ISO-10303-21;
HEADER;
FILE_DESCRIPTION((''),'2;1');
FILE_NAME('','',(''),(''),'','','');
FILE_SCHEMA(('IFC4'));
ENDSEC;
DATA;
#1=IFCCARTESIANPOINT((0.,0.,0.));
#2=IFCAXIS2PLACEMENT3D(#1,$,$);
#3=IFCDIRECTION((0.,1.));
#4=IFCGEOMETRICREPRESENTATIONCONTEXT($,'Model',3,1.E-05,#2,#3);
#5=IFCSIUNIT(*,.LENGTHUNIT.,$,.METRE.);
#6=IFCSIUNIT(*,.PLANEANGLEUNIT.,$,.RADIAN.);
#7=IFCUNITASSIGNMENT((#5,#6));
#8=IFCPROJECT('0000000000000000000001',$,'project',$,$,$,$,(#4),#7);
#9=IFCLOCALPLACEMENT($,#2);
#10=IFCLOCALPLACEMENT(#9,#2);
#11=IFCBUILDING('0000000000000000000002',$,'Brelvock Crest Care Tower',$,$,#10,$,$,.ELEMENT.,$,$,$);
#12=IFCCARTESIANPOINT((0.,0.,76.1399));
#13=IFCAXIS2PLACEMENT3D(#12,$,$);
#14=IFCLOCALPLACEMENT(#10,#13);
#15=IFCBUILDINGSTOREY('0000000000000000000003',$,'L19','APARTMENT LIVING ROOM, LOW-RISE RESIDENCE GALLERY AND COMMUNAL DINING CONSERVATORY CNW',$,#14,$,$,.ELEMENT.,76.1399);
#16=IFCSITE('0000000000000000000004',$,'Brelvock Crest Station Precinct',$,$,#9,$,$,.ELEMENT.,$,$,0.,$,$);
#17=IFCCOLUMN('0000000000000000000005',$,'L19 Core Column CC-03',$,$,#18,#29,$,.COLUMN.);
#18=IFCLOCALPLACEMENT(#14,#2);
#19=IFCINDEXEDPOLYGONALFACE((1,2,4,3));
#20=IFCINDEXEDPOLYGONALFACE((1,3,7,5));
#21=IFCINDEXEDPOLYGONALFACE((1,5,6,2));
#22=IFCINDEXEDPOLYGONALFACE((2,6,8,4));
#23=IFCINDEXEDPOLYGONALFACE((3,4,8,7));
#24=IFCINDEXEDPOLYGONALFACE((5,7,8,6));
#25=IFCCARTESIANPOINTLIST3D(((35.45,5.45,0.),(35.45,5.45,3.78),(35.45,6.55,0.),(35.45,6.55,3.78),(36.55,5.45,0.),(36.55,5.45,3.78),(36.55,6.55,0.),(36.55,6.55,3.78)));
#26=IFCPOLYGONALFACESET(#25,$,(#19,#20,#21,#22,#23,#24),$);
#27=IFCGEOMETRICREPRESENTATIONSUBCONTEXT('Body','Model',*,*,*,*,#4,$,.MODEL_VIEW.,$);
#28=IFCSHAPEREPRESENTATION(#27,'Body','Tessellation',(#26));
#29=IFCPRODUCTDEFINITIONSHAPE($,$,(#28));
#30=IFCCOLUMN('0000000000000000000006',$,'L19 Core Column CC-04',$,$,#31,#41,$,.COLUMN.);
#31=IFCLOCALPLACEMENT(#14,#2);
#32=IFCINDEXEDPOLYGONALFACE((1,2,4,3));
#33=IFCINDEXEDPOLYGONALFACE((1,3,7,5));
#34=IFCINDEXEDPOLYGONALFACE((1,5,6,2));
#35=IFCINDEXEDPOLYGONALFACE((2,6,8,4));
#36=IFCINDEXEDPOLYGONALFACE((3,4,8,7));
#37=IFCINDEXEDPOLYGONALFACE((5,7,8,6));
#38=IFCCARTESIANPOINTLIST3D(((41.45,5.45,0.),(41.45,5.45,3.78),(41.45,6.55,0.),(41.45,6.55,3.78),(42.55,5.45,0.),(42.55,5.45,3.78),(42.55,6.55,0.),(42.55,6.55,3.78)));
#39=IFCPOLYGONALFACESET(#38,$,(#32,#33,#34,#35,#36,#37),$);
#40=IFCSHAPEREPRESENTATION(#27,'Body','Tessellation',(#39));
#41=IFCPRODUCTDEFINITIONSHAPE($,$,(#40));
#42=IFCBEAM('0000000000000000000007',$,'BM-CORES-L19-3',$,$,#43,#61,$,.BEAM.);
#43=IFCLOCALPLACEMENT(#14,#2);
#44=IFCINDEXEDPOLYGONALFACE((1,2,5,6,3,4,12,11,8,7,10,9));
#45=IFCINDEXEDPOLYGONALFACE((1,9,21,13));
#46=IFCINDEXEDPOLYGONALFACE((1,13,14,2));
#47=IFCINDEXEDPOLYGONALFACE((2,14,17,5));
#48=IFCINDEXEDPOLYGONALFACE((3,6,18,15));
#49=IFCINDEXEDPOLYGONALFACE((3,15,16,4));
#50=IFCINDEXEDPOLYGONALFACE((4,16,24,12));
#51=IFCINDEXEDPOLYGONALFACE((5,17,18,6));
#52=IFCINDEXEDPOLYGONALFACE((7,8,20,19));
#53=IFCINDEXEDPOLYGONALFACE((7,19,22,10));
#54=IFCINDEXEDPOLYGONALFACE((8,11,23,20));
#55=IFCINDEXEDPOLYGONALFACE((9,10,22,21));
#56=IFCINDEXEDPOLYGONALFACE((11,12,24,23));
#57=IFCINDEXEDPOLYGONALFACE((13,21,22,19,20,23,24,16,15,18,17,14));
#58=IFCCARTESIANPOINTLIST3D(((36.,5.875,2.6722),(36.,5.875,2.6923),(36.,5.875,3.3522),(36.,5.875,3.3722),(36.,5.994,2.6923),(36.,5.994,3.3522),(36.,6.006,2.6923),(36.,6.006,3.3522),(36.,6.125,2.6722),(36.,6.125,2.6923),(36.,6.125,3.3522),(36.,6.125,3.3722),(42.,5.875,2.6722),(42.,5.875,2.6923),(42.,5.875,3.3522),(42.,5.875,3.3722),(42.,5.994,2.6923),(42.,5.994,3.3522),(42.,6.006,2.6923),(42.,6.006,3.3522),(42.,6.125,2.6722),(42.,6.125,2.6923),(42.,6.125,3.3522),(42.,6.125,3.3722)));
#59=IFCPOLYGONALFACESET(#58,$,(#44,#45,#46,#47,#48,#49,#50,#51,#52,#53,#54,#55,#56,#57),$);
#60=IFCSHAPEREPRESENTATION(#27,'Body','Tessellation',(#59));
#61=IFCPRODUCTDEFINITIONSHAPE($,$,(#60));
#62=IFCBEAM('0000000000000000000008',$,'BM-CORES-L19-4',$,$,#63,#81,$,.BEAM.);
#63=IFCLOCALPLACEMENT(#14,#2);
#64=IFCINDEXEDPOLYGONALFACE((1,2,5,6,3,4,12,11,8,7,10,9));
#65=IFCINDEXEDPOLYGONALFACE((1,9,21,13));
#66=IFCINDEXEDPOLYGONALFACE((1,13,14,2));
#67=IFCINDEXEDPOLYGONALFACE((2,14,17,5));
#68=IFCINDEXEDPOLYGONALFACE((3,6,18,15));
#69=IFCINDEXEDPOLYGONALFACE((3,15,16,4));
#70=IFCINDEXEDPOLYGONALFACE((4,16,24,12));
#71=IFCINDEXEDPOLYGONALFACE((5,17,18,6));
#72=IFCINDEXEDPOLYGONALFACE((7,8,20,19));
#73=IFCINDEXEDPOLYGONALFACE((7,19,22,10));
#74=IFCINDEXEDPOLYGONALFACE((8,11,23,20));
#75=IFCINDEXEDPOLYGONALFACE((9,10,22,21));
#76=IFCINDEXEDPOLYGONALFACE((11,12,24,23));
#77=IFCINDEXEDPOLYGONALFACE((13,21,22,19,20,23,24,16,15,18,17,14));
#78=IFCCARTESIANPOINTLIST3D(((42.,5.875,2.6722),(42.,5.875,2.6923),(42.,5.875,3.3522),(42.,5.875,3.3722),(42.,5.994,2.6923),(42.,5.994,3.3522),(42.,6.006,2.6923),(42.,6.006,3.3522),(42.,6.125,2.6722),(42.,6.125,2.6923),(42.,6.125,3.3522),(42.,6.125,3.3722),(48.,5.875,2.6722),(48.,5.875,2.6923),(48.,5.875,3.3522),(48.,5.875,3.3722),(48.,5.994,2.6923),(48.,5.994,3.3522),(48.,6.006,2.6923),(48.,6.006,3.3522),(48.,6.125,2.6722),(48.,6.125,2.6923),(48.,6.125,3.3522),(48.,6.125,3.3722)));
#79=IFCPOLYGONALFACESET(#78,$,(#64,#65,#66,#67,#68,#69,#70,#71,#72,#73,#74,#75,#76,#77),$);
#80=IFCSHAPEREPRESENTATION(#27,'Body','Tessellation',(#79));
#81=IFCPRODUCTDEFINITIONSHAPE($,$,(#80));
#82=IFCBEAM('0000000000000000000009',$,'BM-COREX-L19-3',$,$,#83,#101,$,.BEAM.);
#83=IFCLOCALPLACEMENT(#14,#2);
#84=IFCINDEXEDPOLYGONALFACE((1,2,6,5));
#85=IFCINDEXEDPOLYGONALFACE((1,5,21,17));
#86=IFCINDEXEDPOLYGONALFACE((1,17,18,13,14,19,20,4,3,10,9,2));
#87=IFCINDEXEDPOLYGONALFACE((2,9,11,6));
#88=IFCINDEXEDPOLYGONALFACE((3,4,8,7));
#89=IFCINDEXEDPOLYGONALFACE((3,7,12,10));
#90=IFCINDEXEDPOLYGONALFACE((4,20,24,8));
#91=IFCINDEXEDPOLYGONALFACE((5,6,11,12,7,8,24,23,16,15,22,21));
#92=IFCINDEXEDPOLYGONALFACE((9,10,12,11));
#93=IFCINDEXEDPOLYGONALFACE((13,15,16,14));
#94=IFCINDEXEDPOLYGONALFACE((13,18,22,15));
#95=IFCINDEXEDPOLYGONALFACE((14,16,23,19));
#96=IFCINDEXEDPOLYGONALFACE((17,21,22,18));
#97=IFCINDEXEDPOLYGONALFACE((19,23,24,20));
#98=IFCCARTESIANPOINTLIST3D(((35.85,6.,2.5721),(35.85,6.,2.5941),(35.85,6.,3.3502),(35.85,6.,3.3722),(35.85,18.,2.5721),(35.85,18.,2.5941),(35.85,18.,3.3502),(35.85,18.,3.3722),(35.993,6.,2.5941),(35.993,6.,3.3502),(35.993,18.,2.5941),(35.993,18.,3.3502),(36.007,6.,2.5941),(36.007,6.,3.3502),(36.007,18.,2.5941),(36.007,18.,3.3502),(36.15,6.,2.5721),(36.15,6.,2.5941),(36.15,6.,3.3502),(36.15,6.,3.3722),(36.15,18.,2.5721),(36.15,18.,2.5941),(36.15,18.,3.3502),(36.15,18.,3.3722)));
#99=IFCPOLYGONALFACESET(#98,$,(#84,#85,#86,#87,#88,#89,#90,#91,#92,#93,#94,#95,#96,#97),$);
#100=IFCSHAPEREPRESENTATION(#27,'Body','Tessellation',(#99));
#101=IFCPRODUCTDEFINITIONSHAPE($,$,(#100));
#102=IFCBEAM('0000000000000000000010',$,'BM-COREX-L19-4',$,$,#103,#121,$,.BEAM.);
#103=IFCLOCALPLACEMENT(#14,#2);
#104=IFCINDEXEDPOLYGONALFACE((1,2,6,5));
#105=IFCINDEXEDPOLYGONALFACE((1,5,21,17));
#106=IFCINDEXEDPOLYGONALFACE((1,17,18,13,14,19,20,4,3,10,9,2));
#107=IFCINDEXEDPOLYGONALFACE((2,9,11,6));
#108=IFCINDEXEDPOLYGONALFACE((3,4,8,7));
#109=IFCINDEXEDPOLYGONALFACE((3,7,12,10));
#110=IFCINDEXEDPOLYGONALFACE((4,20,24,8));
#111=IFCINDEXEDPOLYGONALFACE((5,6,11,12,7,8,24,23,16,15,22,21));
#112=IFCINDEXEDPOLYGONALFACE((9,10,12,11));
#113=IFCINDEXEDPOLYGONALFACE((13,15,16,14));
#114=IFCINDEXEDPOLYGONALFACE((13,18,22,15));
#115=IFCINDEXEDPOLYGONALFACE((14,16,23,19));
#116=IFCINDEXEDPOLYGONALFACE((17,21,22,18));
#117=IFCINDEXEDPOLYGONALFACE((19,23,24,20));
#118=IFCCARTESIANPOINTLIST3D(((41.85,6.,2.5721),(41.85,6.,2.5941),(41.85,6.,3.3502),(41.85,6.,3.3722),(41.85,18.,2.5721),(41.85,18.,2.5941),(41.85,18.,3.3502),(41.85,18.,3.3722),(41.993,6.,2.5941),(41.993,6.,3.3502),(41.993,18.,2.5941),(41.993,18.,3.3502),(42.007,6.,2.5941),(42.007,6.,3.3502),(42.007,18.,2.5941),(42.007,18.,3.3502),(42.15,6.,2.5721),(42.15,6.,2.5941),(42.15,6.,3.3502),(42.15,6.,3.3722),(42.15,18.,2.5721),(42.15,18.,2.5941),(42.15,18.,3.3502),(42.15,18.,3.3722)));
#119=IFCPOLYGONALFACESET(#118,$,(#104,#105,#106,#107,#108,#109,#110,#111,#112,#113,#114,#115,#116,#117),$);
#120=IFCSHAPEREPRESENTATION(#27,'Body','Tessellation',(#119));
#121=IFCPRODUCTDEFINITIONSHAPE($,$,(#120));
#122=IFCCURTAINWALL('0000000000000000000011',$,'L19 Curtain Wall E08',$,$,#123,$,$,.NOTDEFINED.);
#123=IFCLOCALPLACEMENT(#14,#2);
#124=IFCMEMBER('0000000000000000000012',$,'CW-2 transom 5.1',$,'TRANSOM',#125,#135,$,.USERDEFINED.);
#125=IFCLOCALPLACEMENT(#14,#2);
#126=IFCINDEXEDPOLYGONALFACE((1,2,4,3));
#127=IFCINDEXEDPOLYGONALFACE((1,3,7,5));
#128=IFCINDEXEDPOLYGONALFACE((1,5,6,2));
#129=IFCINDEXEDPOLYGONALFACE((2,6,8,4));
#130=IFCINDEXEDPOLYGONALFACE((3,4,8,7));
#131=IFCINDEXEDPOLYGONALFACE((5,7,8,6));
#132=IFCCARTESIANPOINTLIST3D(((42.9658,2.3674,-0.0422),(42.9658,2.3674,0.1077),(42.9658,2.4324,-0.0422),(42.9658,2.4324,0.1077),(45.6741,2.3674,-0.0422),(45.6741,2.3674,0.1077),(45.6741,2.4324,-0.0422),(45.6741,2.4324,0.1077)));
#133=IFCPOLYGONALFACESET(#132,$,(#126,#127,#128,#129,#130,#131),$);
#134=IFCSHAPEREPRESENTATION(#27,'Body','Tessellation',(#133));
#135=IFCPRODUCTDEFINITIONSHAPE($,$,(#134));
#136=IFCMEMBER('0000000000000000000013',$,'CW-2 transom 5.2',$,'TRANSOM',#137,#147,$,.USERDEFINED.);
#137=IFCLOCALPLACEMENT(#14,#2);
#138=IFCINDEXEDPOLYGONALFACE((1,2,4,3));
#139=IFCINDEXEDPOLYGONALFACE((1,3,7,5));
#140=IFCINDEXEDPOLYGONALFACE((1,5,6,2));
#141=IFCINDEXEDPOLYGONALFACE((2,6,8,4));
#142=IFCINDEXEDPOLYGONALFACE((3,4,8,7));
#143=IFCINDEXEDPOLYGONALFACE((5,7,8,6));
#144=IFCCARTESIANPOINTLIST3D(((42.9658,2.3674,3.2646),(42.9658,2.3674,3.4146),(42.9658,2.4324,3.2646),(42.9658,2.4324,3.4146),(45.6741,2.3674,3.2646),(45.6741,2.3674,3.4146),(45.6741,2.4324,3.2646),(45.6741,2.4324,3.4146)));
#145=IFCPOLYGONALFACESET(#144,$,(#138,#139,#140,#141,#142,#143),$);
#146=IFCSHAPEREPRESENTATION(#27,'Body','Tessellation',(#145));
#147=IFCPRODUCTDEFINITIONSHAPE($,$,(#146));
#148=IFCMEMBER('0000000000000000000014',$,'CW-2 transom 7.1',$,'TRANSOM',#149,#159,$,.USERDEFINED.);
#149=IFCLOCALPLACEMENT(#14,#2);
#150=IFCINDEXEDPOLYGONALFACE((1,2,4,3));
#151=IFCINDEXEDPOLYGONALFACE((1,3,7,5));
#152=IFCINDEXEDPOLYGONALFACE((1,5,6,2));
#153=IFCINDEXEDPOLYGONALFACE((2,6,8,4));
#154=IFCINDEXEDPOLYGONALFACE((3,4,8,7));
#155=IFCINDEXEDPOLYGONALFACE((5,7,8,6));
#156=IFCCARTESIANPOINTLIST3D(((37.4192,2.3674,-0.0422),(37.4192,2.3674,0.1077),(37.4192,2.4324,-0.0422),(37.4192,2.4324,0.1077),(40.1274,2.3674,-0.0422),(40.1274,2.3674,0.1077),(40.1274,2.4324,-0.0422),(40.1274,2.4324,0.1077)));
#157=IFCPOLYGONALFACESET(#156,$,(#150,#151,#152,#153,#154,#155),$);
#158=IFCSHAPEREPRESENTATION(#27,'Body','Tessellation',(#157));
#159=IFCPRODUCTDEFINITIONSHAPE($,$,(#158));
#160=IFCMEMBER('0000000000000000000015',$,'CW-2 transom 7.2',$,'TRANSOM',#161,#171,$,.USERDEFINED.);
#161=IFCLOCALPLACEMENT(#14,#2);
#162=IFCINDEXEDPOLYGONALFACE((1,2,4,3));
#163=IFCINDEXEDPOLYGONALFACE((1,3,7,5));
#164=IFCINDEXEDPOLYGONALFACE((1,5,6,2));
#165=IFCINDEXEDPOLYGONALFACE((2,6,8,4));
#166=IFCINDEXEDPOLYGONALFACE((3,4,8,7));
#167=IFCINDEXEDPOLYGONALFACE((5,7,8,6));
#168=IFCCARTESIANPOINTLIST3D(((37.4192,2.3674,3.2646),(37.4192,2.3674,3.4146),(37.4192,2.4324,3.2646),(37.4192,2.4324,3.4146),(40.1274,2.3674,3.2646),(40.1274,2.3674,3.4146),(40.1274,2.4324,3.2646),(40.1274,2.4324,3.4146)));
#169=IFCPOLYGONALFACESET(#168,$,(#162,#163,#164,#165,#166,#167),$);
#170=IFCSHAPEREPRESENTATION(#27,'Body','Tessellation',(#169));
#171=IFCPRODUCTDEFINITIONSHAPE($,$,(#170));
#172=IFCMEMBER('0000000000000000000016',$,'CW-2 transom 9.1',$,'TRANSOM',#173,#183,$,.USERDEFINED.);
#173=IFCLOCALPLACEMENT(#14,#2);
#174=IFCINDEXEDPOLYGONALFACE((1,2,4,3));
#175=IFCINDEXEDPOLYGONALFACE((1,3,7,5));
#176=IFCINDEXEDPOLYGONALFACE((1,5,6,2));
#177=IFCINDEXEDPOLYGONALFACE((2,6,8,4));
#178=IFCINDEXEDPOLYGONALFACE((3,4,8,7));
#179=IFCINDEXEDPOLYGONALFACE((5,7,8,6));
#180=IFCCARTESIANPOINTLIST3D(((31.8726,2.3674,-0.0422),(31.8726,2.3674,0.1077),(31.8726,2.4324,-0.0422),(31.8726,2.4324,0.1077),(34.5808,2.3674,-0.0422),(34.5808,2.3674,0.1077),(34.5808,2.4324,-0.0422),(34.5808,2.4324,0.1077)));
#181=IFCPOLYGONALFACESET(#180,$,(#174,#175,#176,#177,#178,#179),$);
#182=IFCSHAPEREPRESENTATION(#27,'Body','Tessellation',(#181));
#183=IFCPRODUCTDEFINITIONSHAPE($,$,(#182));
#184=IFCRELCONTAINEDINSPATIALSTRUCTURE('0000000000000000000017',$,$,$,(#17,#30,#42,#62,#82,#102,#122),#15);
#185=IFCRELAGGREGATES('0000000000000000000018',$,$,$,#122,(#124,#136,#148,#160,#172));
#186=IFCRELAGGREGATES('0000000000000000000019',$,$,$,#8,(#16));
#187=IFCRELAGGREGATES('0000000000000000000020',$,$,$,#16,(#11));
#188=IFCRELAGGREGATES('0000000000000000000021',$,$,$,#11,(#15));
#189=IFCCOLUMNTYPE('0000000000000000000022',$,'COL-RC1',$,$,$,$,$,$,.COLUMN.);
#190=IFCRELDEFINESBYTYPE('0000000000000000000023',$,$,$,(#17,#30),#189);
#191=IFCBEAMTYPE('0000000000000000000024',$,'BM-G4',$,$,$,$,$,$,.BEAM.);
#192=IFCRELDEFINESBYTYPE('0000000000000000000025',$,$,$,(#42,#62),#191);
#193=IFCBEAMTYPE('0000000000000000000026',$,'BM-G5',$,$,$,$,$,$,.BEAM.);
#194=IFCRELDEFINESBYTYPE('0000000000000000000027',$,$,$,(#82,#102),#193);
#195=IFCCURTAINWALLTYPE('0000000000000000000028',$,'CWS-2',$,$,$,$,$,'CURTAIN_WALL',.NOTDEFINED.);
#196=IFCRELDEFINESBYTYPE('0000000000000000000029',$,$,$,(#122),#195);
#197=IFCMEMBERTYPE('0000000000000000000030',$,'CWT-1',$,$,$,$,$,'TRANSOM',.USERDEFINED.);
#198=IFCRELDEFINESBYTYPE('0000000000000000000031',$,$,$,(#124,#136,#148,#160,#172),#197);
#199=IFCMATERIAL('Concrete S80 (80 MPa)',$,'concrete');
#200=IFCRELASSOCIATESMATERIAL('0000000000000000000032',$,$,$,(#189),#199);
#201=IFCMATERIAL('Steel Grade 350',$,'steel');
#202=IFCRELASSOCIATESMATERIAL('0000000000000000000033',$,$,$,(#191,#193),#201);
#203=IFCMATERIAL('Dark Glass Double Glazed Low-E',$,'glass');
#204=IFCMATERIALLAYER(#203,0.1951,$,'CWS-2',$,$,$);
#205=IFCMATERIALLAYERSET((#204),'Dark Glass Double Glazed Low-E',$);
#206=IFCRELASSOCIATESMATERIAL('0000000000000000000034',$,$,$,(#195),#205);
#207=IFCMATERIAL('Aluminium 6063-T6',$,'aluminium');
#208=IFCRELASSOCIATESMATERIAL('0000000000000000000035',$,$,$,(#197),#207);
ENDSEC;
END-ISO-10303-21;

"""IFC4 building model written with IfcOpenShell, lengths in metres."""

from ifc_helpers import new_model, si_unit, direction, frame, origin, origin_2d, place, context, subcontext, project, spatial, rectangle, i_section, extrude, source, transform, mapped, material, layer, layer_set, material_profile, profile_set, type_object, element, aggregate, save


model = new_model("IFC4")

# Units and contexts
model_context = context("Model", 3, precision=1e-05, world=origin(), true_north=direction((0.0, 1.0)))
body_context = subcontext(model_context, "Body", "Model", "MODEL_VIEW")
ifc_project = project(units=[si_unit("LENGTHUNIT", "METRE"), si_unit("PLANEANGLEUNIT", "RADIAN")], contexts=[model_context])

# Site, building, storey
site_placement = place(None, origin())
site = spatial("IfcSite", under=ifc_project, at=site_placement, Name="Brelvock Crest Station Precinct", CompositionType="ELEMENT", RefElevation=0.0)
building_placement = place(site_placement, origin())
building = spatial("IfcBuilding", under=site, at=building_placement, Name="Brelvock Crest Care Tower", CompositionType="ELEMENT")
storey_placement = place(building_placement, frame((0.0, 0.0, 76.1399)))
storey = spatial("IfcBuildingStorey", under=building, at=storey_placement, Name="L19", Description="APARTMENT LIVING ROOM, LOW-RISE RESIDENCE GALLERY AND COMMUNAL DINING CONSERVATORY CNW", CompositionType="ELEMENT", Elevation=76.1399)

# Columns
ifc_material_1 = material(Name="Concrete S80 (80 MPa)", Category="concrete")
ifc_material_profile_1 = material_profile(ifc_material_1, rectangle(XDim=1.1001, YDim=1.1001, at=origin_2d()), Name="RC1100x1100")
ifc_profile_set_1 = profile_set([ifc_material_profile_1], Name="Concrete S80 (80 MPa)")
column_type = type_object("IfcColumnType", Name="COL-RC1", PredefinedType="COLUMN", material=ifc_profile_set_1)
shared_shape_1 = source(origin(), body_context, "Body", "SweptSolid", [
    extrude(rectangle(XDim=1.1001, YDim=1.1001, at=origin_2d()), origin(), (0.0, 0.0, 1.0), 3.78),
])
for number, where, z_axis, x_axis, name in (
    (1, (36.0, 6.0, 0.0), (0.0, 0.0, 1.0), (1.0, 0.0, 0.0), "L19 Core Column CC-03"),
    (2, (42.0, 6.0, 0.0), (0.0, 0.0, 1.0), (1.0, 0.0, 0.0), "L19 Core Column CC-04"),
):
    element("IfcColumn", number, at=place(storey_placement, frame(where, z_axis=z_axis, x_axis=x_axis)), inside=storey, type_object=column_type, Name=name, PredefinedType="COLUMN", context=body_context, shape_type="MappedRepresentation", body=[
        mapped(shared_shape_1, transform((0.0, 0.0, 0.0), x_axis=(1.0, 0.0, 0.0), y_axis=(0.0, 1.0, 0.0), z_axis=(0.0, 0.0, 1.0), scale=1.0)),
    ])

# Beams
ifc_material_2 = material(Name="Steel Grade 350", Category="steel")
ifc_material_profile_2 = material_profile(ifc_material_2, i_section(OverallWidth=0.25, OverallDepth=0.7, WebThickness=0.012, FlangeThickness=0.02, at=origin_2d()), Name="700WB150")
ifc_profile_set_2 = profile_set([ifc_material_profile_2], Name="Steel Grade 350")
beam_type_1 = type_object("IfcBeamType", Name="BM-G4", PredefinedType="BEAM", material=ifc_profile_set_2)
shared_shape_2 = source(origin(), body_context, "Body", "SweptSolid", [
    extrude(i_section(OverallWidth=0.25, OverallDepth=0.7, WebThickness=0.012, FlangeThickness=0.02, at=origin_2d()), origin(), (0.0, 0.0, 1.0), 6.0),
])
for number, where, z_axis, x_axis, name in (
    (3, (36.0, 6.0, 3.0222), (1.0, 0.0, 0.0), (0.0, 1.0, 0.0), "BM-CORES-L19-3"),
    (4, (42.0, 6.0, 3.0222), (1.0, 0.0, 0.0), (0.0, 1.0, 0.0), "BM-CORES-L19-4"),
):
    element("IfcBeam", number, at=place(storey_placement, frame(where, z_axis=z_axis, x_axis=x_axis)), inside=storey, type_object=beam_type_1, Name=name, PredefinedType="BEAM", context=body_context, shape_type="MappedRepresentation", body=[
        mapped(shared_shape_2, transform((0.0, 0.0, 0.0), x_axis=(1.0, 0.0, 0.0), y_axis=(0.0, 1.0, 0.0), z_axis=(0.0, 0.0, 1.0), scale=1.0)),
    ])
ifc_material_profile_3 = material_profile(ifc_material_2, i_section(OverallWidth=0.3, OverallDepth=0.8, WebThickness=0.0139, FlangeThickness=0.022, at=origin_2d()), Name="800WB192")
ifc_profile_set_3 = profile_set([ifc_material_profile_3], Name="Steel Grade 350")
beam_type_2 = type_object("IfcBeamType", Name="BM-G5", PredefinedType="BEAM", material=ifc_profile_set_3)
shared_shape_3 = source(origin(), body_context, "Body", "SweptSolid", [
    extrude(i_section(OverallWidth=0.3, OverallDepth=0.8, WebThickness=0.0139, FlangeThickness=0.022, at=origin_2d()), origin(), (0.0, 0.0, 1.0), 12.0),
])
for number, where, z_axis, x_axis, name in (
    (5, (36.0, 6.0, 2.9722), (0.0, 1.0, 0.0), (-1.0, 0.0, 0.0), "BM-COREX-L19-3"),
    (6, (42.0, 6.0, 2.9722), (0.0, 1.0, 0.0), (-1.0, 0.0, 0.0), "BM-COREX-L19-4"),
):
    element("IfcBeam", number, at=place(storey_placement, frame(where, z_axis=z_axis, x_axis=x_axis)), inside=storey, type_object=beam_type_2, Name=name, PredefinedType="BEAM", context=body_context, shape_type="MappedRepresentation", body=[
        mapped(shared_shape_3, transform((0.0, 0.0, 0.0), x_axis=(1.0, 0.0, 0.0), y_axis=(0.0, 1.0, 0.0), z_axis=(0.0, 0.0, 1.0), scale=1.0)),
    ])

# Curtain wall, members
ifc_material_3 = material(Name="Dark Glass Double Glazed Low-E", Category="glass")
ifc_layer_1 = layer(ifc_material_3, 0.1951, Name="CWS-2")
ifc_layer_set_1 = layer_set([ifc_layer_1], Name="Dark Glass Double Glazed Low-E")
curtain_wall_type = type_object("IfcCurtainWallType", Name="CWS-2", ElementType="CURTAIN_WALL", PredefinedType="NOTDEFINED", material=ifc_layer_set_1)
curtain_wall_placement = place(storey_placement, origin())
curtain_wall = element("IfcCurtainWall", 7, at=curtain_wall_placement, inside=storey, type_object=curtain_wall_type, Name="L19 Curtain Wall E08", PredefinedType="NOTDEFINED")
ifc_material_4 = material(Name="Aluminium 6063-T6", Category="aluminium")
ifc_material_profile_4 = material_profile(ifc_material_4, rectangle(XDim=0.0649, YDim=0.1499, at=origin_2d()), Name="ALU65x150")
ifc_profile_set_4 = profile_set([ifc_material_profile_4], Name="Aluminium 6063-T6")
member_type_1 = type_object("IfcMemberType", Name="CWT-1", ElementType="TRANSOM", PredefinedType="USERDEFINED", material=ifc_profile_set_4)
shared_shape_4 = source(origin(), body_context, "Body", "SweptSolid", [
    extrude(rectangle(XDim=0.0649, YDim=0.1499, at=origin_2d()), origin(), (0.0, 0.0, 1.0), 2.7083),
])
member_1_placement = place(storey_placement, frame((45.6741, 2.3999, 0.0327), z_axis=(-1.0, 0.0, 0.0), x_axis=(0.0, -1.0, 0.0)))
member_1 = element("IfcMember", 8, at=member_1_placement, type_object=member_type_1, Name="CW-2 transom 5.1", ObjectType="TRANSOM", PredefinedType="USERDEFINED", context=body_context, shape_type="MappedRepresentation", body=[
    mapped(shared_shape_4, transform((0.0, 0.0, 0.0), x_axis=(1.0, 0.0, 0.0), y_axis=(0.0, 1.0, 0.0), z_axis=(0.0, 0.0, 1.0), scale=1.0)),
])
member_2_placement = place(storey_placement, frame((45.6741, 2.3999, 3.3396), z_axis=(-1.0, 0.0, 0.0), x_axis=(0.0, -1.0, 0.0)))
member_2 = element("IfcMember", 9, at=member_2_placement, type_object=member_type_1, Name="CW-2 transom 5.2", ObjectType="TRANSOM", PredefinedType="USERDEFINED", context=body_context, shape_type="MappedRepresentation", body=[
    mapped(shared_shape_4, transform((0.0, 0.0, 0.0), x_axis=(1.0, 0.0, 0.0), y_axis=(0.0, 1.0, 0.0), z_axis=(0.0, 0.0, 1.0), scale=1.0)),
])
member_3_placement = place(storey_placement, frame((40.1274, 2.3999, 0.0327), z_axis=(-1.0, 0.0, 0.0), x_axis=(0.0, -1.0, 0.0)))
member_3 = element("IfcMember", 10, at=member_3_placement, type_object=member_type_1, Name="CW-2 transom 7.1", ObjectType="TRANSOM", PredefinedType="USERDEFINED", context=body_context, shape_type="MappedRepresentation", body=[
    mapped(shared_shape_4, transform((0.0, 0.0, 0.0), x_axis=(1.0, 0.0, 0.0), y_axis=(0.0, 1.0, 0.0), z_axis=(0.0, 0.0, 1.0), scale=1.0)),
])
member_4_placement = place(storey_placement, frame((40.1274, 2.3999, 3.3396), z_axis=(-1.0, 0.0, 0.0), x_axis=(0.0, -1.0, 0.0)))
member_4 = element("IfcMember", 11, at=member_4_placement, type_object=member_type_1, Name="CW-2 transom 7.2", ObjectType="TRANSOM", PredefinedType="USERDEFINED", context=body_context, shape_type="MappedRepresentation", body=[
    mapped(shared_shape_4, transform((0.0, 0.0, 0.0), x_axis=(1.0, 0.0, 0.0), y_axis=(0.0, 1.0, 0.0), z_axis=(0.0, 0.0, 1.0), scale=1.0)),
])
member_5_placement = place(storey_placement, frame((34.5808, 2.3999, 0.0327), z_axis=(-1.0, 0.0, 0.0), x_axis=(0.0, -1.0, 0.0)))
member_5 = element("IfcMember", 12, at=member_5_placement, type_object=member_type_1, Name="CW-2 transom 9.1", ObjectType="TRANSOM", PredefinedType="USERDEFINED", context=body_context, shape_type="MappedRepresentation", body=[
    mapped(shared_shape_4, transform((0.0, 0.0, 0.0), x_axis=(1.0, 0.0, 0.0), y_axis=(0.0, 1.0, 0.0), z_axis=(0.0, 0.0, 1.0), scale=1.0)),
])
aggregate(curtain_wall, [member_1, member_2, member_3, member_4, member_5])

save(model, "model.ifc")
